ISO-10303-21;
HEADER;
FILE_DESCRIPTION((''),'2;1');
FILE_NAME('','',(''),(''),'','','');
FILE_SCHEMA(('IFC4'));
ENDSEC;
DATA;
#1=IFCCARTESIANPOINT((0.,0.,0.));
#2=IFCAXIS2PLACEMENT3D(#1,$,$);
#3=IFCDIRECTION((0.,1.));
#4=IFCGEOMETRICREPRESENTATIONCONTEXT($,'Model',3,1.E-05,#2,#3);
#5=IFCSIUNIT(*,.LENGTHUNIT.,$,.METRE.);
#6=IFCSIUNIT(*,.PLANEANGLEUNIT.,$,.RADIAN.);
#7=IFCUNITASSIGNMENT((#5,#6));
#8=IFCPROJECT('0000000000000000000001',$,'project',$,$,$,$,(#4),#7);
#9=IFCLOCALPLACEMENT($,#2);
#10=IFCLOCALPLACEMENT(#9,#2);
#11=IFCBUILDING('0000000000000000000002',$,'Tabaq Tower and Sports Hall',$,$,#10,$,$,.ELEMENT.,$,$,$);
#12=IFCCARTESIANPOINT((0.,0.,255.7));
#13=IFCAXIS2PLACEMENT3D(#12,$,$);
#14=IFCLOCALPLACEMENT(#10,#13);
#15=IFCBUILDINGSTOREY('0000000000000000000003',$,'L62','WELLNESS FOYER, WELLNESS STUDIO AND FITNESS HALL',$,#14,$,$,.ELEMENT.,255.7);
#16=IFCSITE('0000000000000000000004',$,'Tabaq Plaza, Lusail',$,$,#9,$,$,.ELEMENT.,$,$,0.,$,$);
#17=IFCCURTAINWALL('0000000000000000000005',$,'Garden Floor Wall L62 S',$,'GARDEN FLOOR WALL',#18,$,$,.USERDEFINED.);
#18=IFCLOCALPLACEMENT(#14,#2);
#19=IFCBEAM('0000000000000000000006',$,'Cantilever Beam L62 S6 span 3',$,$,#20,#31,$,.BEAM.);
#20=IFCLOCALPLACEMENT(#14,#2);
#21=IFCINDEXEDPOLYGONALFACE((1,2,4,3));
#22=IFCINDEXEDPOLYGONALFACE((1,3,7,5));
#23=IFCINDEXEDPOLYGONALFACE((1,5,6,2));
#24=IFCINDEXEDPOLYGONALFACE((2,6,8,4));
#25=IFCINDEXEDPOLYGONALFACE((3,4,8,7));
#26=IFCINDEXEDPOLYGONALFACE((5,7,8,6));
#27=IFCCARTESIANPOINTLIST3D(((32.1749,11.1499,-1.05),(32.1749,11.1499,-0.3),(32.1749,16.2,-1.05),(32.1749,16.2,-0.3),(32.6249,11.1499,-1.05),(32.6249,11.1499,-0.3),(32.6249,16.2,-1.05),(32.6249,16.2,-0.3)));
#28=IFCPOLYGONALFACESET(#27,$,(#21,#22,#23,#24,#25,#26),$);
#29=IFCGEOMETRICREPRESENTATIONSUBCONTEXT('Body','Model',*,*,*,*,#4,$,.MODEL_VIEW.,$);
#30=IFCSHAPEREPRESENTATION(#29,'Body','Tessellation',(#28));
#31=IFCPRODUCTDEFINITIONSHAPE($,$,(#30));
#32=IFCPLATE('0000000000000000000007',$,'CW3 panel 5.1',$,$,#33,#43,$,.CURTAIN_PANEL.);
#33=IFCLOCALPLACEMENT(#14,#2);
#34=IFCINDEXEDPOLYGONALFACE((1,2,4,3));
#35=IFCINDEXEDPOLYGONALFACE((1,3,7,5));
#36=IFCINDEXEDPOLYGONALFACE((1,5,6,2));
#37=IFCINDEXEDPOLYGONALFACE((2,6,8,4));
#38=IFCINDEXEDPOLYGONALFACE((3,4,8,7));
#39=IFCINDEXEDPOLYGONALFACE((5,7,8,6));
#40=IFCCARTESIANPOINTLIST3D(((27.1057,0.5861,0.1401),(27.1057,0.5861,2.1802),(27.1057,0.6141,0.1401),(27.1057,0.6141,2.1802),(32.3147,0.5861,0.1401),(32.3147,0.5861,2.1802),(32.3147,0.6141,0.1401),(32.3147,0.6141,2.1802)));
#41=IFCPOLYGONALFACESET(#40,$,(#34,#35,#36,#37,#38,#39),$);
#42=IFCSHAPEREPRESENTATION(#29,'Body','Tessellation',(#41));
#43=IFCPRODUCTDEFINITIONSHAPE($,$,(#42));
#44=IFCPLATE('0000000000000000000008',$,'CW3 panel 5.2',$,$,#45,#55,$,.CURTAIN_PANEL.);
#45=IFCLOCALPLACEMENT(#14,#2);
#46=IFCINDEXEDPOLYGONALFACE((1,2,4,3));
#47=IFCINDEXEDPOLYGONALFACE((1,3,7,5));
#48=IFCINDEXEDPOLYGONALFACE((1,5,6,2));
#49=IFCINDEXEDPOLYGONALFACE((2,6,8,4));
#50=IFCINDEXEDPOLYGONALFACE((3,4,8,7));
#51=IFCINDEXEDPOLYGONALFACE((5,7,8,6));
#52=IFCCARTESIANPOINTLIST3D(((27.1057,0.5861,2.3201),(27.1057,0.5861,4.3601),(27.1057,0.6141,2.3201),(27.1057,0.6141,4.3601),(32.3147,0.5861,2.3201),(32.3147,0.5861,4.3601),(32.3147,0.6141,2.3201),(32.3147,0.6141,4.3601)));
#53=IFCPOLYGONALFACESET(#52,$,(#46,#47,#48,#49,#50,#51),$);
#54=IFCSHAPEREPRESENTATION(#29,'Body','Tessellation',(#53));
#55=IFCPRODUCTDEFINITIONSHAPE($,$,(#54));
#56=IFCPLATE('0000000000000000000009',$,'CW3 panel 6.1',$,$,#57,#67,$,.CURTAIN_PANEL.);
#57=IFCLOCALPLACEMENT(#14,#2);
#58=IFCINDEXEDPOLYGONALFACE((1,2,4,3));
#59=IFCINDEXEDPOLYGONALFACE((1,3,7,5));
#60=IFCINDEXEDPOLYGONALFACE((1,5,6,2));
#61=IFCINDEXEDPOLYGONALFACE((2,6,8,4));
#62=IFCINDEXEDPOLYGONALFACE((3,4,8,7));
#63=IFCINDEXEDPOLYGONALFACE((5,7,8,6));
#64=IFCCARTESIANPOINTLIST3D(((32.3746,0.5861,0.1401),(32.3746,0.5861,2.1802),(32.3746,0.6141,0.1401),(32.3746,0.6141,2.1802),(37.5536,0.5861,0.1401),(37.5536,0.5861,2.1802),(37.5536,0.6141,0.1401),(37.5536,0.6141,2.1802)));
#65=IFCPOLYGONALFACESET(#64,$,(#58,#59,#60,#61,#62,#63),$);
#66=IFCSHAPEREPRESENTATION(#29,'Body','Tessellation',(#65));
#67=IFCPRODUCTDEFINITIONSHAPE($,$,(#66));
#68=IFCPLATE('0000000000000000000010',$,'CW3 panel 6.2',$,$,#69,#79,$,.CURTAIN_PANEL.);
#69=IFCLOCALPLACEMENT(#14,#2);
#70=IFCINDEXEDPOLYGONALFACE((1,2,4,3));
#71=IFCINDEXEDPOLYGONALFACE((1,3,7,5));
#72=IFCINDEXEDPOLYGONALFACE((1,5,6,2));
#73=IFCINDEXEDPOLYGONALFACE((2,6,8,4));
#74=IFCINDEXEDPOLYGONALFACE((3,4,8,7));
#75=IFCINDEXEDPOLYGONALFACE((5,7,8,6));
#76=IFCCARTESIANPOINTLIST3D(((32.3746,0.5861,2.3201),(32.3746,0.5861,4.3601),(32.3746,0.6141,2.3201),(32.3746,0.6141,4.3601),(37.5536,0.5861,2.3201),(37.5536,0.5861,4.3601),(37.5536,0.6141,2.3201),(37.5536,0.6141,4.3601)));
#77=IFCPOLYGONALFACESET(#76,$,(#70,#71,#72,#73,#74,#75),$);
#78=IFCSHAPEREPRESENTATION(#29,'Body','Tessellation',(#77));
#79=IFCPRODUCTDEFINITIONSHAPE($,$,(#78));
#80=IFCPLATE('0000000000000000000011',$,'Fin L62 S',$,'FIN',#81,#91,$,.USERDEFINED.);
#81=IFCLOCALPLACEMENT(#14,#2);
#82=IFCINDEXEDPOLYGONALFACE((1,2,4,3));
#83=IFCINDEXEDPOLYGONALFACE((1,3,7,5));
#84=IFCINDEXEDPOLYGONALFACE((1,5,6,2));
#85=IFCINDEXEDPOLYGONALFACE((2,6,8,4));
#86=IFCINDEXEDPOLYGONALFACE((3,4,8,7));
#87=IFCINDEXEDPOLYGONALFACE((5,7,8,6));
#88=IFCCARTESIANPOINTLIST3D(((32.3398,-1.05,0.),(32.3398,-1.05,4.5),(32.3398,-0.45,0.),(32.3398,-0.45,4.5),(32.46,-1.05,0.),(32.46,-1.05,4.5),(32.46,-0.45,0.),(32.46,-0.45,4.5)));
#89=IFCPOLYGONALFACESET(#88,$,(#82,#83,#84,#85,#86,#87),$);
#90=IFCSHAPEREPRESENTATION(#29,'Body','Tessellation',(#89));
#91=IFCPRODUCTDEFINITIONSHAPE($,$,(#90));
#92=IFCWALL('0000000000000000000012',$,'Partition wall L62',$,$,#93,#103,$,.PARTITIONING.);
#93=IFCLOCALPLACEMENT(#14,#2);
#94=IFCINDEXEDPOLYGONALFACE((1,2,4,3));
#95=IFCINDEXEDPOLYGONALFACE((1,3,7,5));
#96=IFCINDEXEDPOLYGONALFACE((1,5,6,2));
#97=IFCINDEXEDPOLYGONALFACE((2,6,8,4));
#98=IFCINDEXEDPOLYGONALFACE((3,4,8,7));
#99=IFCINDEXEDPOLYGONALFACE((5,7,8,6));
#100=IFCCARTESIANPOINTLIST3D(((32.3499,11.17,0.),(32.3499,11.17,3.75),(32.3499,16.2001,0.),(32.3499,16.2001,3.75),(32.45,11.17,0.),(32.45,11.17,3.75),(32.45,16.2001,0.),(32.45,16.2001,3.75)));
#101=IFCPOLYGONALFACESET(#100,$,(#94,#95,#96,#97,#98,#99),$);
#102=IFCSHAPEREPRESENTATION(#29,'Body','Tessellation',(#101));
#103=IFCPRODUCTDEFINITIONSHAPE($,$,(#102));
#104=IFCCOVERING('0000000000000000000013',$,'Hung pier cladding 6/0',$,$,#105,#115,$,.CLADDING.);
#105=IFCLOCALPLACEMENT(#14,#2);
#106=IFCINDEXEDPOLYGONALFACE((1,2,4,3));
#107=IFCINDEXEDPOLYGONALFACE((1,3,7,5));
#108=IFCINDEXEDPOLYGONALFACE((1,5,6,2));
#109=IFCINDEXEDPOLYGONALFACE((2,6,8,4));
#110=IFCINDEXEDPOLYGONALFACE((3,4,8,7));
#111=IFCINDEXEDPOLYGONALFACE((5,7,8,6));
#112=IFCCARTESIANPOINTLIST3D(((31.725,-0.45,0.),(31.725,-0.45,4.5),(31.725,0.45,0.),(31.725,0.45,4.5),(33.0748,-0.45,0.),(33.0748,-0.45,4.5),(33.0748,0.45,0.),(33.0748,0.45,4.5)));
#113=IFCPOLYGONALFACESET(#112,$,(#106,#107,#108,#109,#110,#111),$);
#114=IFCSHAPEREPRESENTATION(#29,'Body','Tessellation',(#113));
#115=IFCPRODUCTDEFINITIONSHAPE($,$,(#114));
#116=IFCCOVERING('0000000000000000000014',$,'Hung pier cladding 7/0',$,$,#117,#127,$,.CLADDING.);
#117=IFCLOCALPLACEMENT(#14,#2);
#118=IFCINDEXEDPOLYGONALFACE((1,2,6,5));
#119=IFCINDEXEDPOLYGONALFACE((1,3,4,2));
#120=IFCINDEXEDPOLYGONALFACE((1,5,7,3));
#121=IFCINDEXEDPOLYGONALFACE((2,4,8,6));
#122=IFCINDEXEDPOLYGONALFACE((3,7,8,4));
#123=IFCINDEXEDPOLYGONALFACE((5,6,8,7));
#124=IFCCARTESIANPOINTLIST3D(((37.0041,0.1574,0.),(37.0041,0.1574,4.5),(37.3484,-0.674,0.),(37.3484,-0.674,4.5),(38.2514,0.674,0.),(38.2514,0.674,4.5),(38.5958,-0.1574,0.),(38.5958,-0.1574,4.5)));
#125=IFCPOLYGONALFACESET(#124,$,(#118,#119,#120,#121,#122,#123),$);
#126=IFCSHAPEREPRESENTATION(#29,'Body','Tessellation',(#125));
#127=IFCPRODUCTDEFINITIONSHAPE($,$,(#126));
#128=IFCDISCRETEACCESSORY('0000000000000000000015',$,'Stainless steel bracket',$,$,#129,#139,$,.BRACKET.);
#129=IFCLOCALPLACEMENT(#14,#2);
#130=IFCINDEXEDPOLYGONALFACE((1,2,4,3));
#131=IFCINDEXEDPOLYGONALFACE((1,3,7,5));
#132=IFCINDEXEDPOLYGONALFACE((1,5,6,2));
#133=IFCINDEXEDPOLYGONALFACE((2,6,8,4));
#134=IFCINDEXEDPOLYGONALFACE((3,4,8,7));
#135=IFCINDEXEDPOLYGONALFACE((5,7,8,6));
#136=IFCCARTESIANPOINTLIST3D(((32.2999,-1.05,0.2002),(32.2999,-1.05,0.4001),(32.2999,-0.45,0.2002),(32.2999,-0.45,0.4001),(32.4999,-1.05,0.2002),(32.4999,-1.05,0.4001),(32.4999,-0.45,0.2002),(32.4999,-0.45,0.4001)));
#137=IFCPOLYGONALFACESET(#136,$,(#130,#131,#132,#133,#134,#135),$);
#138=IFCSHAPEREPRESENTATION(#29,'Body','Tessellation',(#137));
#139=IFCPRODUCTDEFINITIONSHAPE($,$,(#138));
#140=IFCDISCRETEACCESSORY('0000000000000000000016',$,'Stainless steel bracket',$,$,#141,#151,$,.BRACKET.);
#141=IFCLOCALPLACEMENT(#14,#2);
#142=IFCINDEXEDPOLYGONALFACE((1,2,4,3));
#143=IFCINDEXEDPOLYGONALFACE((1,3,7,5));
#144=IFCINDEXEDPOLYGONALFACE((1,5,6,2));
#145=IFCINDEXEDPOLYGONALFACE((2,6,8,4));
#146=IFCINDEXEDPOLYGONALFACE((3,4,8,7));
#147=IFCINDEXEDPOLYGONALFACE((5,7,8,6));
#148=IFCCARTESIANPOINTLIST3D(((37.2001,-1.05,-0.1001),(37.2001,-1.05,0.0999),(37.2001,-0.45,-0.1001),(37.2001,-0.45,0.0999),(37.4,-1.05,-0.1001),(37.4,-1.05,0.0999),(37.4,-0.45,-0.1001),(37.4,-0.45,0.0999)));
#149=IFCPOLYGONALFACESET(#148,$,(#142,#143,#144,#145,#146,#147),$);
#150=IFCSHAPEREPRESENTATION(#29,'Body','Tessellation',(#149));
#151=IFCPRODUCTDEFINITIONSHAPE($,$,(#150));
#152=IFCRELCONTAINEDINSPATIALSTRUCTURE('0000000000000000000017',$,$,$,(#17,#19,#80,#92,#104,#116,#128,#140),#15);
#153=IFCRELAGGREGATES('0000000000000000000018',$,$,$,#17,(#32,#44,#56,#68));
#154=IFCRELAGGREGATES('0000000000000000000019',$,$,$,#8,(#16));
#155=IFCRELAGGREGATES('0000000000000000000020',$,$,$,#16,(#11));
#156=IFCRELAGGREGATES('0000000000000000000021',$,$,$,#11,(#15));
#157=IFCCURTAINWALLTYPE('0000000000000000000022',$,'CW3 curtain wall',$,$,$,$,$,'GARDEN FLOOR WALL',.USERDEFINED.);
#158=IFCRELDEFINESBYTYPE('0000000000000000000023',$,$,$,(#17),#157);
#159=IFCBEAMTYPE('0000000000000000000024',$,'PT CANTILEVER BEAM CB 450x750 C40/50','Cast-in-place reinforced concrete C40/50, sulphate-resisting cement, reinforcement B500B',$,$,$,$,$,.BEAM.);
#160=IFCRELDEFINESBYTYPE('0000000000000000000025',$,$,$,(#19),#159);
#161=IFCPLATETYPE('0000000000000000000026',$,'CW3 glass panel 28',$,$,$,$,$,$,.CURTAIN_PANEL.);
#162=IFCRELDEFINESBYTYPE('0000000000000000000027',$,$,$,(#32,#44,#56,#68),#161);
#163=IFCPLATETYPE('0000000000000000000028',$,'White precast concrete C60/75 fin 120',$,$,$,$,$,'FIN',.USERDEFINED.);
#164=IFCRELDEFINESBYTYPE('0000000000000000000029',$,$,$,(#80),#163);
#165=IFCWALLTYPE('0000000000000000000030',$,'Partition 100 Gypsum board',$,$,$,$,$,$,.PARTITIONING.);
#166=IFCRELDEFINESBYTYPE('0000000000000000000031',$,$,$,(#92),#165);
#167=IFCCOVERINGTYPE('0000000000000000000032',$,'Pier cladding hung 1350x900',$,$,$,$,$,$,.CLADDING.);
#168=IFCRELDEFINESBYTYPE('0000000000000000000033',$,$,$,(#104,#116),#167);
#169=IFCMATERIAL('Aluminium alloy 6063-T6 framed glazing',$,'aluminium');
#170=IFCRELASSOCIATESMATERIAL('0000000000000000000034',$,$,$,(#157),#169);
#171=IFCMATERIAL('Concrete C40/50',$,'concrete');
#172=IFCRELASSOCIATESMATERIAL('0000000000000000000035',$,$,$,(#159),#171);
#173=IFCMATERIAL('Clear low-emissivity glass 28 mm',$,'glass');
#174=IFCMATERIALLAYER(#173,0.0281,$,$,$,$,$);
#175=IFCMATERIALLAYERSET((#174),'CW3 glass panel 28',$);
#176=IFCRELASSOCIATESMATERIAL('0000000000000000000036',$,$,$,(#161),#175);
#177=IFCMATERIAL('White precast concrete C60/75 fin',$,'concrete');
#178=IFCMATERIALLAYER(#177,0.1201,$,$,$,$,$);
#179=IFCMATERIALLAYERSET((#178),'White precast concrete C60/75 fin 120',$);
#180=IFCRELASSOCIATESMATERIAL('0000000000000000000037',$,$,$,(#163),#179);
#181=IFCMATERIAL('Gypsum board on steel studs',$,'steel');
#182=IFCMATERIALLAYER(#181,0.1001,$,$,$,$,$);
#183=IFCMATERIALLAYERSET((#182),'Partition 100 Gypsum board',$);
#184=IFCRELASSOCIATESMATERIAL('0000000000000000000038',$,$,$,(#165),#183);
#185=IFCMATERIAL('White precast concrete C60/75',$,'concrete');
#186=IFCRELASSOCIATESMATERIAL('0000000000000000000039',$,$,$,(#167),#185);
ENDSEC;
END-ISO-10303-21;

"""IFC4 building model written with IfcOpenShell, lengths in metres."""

from ifc_helpers import new_model, si_unit, direction, frame, frame_2d, origin, origin_2d, place, context, subcontext, project, spatial, rectangle, extrude, material, layer, layer_set, material_profile, profile_set, type_object, element, aggregate, save


model = new_model("IFC4")

# Units and contexts
model_context = context("Model", 3, precision=1e-05, world=origin(), true_north=direction((0.0, 1.0)))
body_context = subcontext(model_context, "Body", "Model", "MODEL_VIEW")
ifc_project = project(units=[si_unit("LENGTHUNIT", "METRE"), si_unit("PLANEANGLEUNIT", "RADIAN")], contexts=[model_context])

# Site, building, storey
site_placement = place(None, origin())
site = spatial("IfcSite", under=ifc_project, at=site_placement, Name="Tabaq Plaza, Lusail", CompositionType="ELEMENT", RefElevation=0.0)
building_placement = place(site_placement, origin())
building = spatial("IfcBuilding", under=site, at=building_placement, Name="Tabaq Tower and Sports Hall", CompositionType="ELEMENT")
storey_placement = place(building_placement, frame((0.0, 0.0, 255.7)))
storey = spatial("IfcBuildingStorey", under=building, at=storey_placement, Name="L62", Description="WELLNESS FOYER, WELLNESS STUDIO AND FITNESS HALL", CompositionType="ELEMENT", Elevation=255.7)

# Curtain wall
ifc_material_1 = material(Name="Aluminium alloy 6063-T6 framed glazing", Category="aluminium")
curtain_wall_type_1 = type_object("IfcCurtainWallType", Name="CW3 curtain wall", ElementType="GARDEN FLOOR WALL", PredefinedType="USERDEFINED", material=ifc_material_1)
curtain_wall_1_placement = place(storey_placement, origin())
curtain_wall_1 = element("IfcCurtainWall", 1, at=curtain_wall_1_placement, inside=storey, type_object=curtain_wall_type_1, Name="Garden Floor Wall L62 S", ObjectType="GARDEN FLOOR WALL", PredefinedType="USERDEFINED")

# Beam
ifc_material_2 = material(Name="Concrete C40/50", Category="concrete")
ifc_material_profile_1 = material_profile(ifc_material_2, rectangle(XDim=0.45, YDim=0.75, at=origin_2d()), Name="CB 450x750")
ifc_profile_set_1 = profile_set([ifc_material_profile_1], Name="Concrete C40/50")
beam_type = type_object("IfcBeamType", Name="PT CANTILEVER BEAM CB 450x750 C40/50", Description="Cast-in-place reinforced concrete C40/50, sulphate-resisting cement, reinforcement B500B", PredefinedType="BEAM", material=ifc_profile_set_1)
beam_1_placement = place(storey_placement, frame((32.3999, 11.1499, -0.675), z_axis=(0.0, 1.0, 0.0), x_axis=(-1.0, 0.0, 0.0)))
element("IfcBeam", 2, at=beam_1_placement, inside=storey, type_object=beam_type, Name="Cantilever Beam L62 S6 span 3", PredefinedType="BEAM", context=body_context, shape_type="SweptSolid", body=[
    extrude(rectangle(XDim=0.45, YDim=0.75, at=origin_2d()), origin(), (0.0, 0.0, 1.0), 5.05),
])

# Plates
ifc_material_3 = material(Name="Clear low-emissivity glass 28 mm", Category="glass")
ifc_layer_1 = layer(ifc_material_3, 0.0281)
ifc_layer_set_1 = layer_set([ifc_layer_1], Name="CW3 glass panel 28")
plate_type_1 = type_object("IfcPlateType", Name="CW3 glass panel 28", PredefinedType="CURTAIN_PANEL", material=ifc_layer_set_1)
plate_1_placement = place(storey_placement, frame((29.7102, 0.6001, 0.1401), z_axis=(0.0, 0.0, 1.0), x_axis=(1.0, 0.0, 0.0)))
plate_1 = element("IfcPlate", 3, at=plate_1_placement, type_object=plate_type_1, Name="CW3 panel 5.1", PredefinedType="CURTAIN_PANEL", context=body_context, shape_type="SweptSolid", body=[
    extrude(rectangle(XDim=5.209, YDim=0.0281, at=origin_2d()), origin(), (0.0, 0.0, 1.0), 2.04),
])
plate_2_placement = place(storey_placement, frame((29.7102, 0.6001, 2.3201), z_axis=(0.0, 0.0, 1.0), x_axis=(1.0, 0.0, 0.0)))
plate_2 = element("IfcPlate", 4, at=plate_2_placement, type_object=plate_type_1, Name="CW3 panel 5.2", PredefinedType="CURTAIN_PANEL", context=body_context, shape_type="SweptSolid", body=[
    extrude(rectangle(XDim=5.209, YDim=0.0281, at=origin_2d()), origin(), (0.0, 0.0, 1.0), 2.04),
])
plate_3_placement = place(storey_placement, frame((34.9641, 0.6001, 0.1401), z_axis=(0.0, 0.0, 1.0), x_axis=(1.0, 0.0, 0.0)))
plate_3 = element("IfcPlate", 5, at=plate_3_placement, type_object=plate_type_1, Name="CW3 panel 6.1", PredefinedType="CURTAIN_PANEL", context=body_context, shape_type="SweptSolid", body=[
    extrude(rectangle(XDim=5.179, YDim=0.0281, at=origin_2d()), origin(), (0.0, 0.0, 1.0), 2.04),
])
plate_4_placement = place(storey_placement, frame((34.9641, 0.6001, 2.3201), z_axis=(0.0, 0.0, 1.0), x_axis=(1.0, 0.0, 0.0)))
plate_4 = element("IfcPlate", 6, at=plate_4_placement, type_object=plate_type_1, Name="CW3 panel 6.2", PredefinedType="CURTAIN_PANEL", context=body_context, shape_type="SweptSolid", body=[
    extrude(rectangle(XDim=5.179, YDim=0.0281, at=origin_2d()), origin(), (0.0, 0.0, 1.0), 2.04),
])
aggregate(curtain_wall_1, [plate_1, plate_2, plate_3, plate_4])
ifc_material_4 = material(Name="White precast concrete C60/75 fin", Category="concrete")
ifc_layer_2 = layer(ifc_material_4, 0.1201)
ifc_layer_set_2 = layer_set([ifc_layer_2], Name="White precast concrete C60/75 fin 120")
plate_type_2 = type_object("IfcPlateType", Name="White precast concrete C60/75 fin 120", ElementType="FIN", PredefinedType="USERDEFINED", material=ifc_layer_set_2)
plate_5_placement = place(storey_placement, frame((32.3999, -0.75, 0.0), z_axis=(0.0, 0.0, 1.0), x_axis=(1.0, 0.0, 0.0)))
element("IfcPlate", 7, at=plate_5_placement, inside=storey, type_object=plate_type_2, Name="Fin L62 S", ObjectType="FIN", PredefinedType="USERDEFINED", context=body_context, shape_type="SweptSolid", body=[
    extrude(rectangle(XDim=0.1201, YDim=0.6001, at=origin_2d()), origin(), (0.0, 0.0, 1.0), 4.5),
])

# Wall
ifc_material_5 = material(Name="Gypsum board on steel studs", Category="steel")
ifc_layer_3 = layer(ifc_material_5, 0.1001)
ifc_layer_set_3 = layer_set([ifc_layer_3], Name="Partition 100 Gypsum board")
wall_type = type_object("IfcWallType", Name="Partition 100 Gypsum board", PredefinedType="PARTITIONING", material=ifc_layer_set_3)
wall_placement = place(storey_placement, frame((32.3999, 11.1699, 0.0), z_axis=(0.0, 0.0, 1.0), x_axis=(0.0, 1.0, 0.0)))
element("IfcWall", 8, at=wall_placement, inside=storey, type_object=wall_type, Name="Partition wall L62", PredefinedType="PARTITIONING", context=body_context, shape_type="SweptSolid", body=[
    extrude(rectangle(XDim=5.03, YDim=0.1001, at=frame_2d((2.5151, 0.0))), origin(), (0.0, 0.0, 1.0), 3.75),
])

# Coverings
ifc_material_6 = material(Name="White precast concrete C60/75", Category="concrete")
covering_type = type_object("IfcCoveringType", Name="Pier cladding hung 1350x900", PredefinedType="CLADDING", material=ifc_material_6)
covering_1_placement = place(storey_placement, frame((31.7251, 0.0, 0.0), z_axis=(0.0, 0.0, 1.0), x_axis=(1.0, 0.0, 0.0)))
element("IfcCovering", 9, at=covering_1_placement, inside=storey, type_object=covering_type, Name="Hung pier cladding 6/0", PredefinedType="CLADDING", context=body_context, shape_type="SweptSolid", body=[
    extrude(rectangle(XDim=1.3499, YDim=0.8999, at=frame_2d((0.6748, 0.0))), origin(), (0.0, 0.0, 1.0), 4.5),
])
covering_2_placement = place(storey_placement, frame((37.1763, -0.2583, 0.0), z_axis=(0.0, 0.0, 1.0), x_axis=(0.923893, 0.38265, 0.0)))
element("IfcCovering", 10, at=covering_2_placement, inside=storey, type_object=covering_type, Name="Hung pier cladding 7/0", PredefinedType="CLADDING", context=body_context, shape_type="SweptSolid", body=[
    extrude(rectangle(XDim=1.3501, YDim=0.8999, at=frame_2d((0.675, 0.0))), origin(), (0.0, 0.0, 1.0), 4.5),
])

# Discrete accessories
for number, where, z_axis, x_axis, name in (
    (11, (32.3999, -0.75, 0.2002), (0.0, 0.0, 1.0), (0.0, -1.0, 0.0), "Stainless steel bracket"),
    (12, (37.3, -0.75, -0.1001), (0.0, 0.0, 1.0), (0.0, -1.0, 0.0), "Stainless steel bracket"),
):
    element("IfcDiscreteAccessory", number, at=place(storey_placement, frame(where, z_axis=z_axis, x_axis=x_axis)), inside=storey, Name=name, PredefinedType="BRACKET", context=body_context, shape_type="SweptSolid", body=[
        extrude(rectangle(XDim=0.6001, YDim=0.2, at=origin_2d()), origin(), (0.0, 0.0, 1.0), 0.2),
    ])

save(model, "model.ifc")
